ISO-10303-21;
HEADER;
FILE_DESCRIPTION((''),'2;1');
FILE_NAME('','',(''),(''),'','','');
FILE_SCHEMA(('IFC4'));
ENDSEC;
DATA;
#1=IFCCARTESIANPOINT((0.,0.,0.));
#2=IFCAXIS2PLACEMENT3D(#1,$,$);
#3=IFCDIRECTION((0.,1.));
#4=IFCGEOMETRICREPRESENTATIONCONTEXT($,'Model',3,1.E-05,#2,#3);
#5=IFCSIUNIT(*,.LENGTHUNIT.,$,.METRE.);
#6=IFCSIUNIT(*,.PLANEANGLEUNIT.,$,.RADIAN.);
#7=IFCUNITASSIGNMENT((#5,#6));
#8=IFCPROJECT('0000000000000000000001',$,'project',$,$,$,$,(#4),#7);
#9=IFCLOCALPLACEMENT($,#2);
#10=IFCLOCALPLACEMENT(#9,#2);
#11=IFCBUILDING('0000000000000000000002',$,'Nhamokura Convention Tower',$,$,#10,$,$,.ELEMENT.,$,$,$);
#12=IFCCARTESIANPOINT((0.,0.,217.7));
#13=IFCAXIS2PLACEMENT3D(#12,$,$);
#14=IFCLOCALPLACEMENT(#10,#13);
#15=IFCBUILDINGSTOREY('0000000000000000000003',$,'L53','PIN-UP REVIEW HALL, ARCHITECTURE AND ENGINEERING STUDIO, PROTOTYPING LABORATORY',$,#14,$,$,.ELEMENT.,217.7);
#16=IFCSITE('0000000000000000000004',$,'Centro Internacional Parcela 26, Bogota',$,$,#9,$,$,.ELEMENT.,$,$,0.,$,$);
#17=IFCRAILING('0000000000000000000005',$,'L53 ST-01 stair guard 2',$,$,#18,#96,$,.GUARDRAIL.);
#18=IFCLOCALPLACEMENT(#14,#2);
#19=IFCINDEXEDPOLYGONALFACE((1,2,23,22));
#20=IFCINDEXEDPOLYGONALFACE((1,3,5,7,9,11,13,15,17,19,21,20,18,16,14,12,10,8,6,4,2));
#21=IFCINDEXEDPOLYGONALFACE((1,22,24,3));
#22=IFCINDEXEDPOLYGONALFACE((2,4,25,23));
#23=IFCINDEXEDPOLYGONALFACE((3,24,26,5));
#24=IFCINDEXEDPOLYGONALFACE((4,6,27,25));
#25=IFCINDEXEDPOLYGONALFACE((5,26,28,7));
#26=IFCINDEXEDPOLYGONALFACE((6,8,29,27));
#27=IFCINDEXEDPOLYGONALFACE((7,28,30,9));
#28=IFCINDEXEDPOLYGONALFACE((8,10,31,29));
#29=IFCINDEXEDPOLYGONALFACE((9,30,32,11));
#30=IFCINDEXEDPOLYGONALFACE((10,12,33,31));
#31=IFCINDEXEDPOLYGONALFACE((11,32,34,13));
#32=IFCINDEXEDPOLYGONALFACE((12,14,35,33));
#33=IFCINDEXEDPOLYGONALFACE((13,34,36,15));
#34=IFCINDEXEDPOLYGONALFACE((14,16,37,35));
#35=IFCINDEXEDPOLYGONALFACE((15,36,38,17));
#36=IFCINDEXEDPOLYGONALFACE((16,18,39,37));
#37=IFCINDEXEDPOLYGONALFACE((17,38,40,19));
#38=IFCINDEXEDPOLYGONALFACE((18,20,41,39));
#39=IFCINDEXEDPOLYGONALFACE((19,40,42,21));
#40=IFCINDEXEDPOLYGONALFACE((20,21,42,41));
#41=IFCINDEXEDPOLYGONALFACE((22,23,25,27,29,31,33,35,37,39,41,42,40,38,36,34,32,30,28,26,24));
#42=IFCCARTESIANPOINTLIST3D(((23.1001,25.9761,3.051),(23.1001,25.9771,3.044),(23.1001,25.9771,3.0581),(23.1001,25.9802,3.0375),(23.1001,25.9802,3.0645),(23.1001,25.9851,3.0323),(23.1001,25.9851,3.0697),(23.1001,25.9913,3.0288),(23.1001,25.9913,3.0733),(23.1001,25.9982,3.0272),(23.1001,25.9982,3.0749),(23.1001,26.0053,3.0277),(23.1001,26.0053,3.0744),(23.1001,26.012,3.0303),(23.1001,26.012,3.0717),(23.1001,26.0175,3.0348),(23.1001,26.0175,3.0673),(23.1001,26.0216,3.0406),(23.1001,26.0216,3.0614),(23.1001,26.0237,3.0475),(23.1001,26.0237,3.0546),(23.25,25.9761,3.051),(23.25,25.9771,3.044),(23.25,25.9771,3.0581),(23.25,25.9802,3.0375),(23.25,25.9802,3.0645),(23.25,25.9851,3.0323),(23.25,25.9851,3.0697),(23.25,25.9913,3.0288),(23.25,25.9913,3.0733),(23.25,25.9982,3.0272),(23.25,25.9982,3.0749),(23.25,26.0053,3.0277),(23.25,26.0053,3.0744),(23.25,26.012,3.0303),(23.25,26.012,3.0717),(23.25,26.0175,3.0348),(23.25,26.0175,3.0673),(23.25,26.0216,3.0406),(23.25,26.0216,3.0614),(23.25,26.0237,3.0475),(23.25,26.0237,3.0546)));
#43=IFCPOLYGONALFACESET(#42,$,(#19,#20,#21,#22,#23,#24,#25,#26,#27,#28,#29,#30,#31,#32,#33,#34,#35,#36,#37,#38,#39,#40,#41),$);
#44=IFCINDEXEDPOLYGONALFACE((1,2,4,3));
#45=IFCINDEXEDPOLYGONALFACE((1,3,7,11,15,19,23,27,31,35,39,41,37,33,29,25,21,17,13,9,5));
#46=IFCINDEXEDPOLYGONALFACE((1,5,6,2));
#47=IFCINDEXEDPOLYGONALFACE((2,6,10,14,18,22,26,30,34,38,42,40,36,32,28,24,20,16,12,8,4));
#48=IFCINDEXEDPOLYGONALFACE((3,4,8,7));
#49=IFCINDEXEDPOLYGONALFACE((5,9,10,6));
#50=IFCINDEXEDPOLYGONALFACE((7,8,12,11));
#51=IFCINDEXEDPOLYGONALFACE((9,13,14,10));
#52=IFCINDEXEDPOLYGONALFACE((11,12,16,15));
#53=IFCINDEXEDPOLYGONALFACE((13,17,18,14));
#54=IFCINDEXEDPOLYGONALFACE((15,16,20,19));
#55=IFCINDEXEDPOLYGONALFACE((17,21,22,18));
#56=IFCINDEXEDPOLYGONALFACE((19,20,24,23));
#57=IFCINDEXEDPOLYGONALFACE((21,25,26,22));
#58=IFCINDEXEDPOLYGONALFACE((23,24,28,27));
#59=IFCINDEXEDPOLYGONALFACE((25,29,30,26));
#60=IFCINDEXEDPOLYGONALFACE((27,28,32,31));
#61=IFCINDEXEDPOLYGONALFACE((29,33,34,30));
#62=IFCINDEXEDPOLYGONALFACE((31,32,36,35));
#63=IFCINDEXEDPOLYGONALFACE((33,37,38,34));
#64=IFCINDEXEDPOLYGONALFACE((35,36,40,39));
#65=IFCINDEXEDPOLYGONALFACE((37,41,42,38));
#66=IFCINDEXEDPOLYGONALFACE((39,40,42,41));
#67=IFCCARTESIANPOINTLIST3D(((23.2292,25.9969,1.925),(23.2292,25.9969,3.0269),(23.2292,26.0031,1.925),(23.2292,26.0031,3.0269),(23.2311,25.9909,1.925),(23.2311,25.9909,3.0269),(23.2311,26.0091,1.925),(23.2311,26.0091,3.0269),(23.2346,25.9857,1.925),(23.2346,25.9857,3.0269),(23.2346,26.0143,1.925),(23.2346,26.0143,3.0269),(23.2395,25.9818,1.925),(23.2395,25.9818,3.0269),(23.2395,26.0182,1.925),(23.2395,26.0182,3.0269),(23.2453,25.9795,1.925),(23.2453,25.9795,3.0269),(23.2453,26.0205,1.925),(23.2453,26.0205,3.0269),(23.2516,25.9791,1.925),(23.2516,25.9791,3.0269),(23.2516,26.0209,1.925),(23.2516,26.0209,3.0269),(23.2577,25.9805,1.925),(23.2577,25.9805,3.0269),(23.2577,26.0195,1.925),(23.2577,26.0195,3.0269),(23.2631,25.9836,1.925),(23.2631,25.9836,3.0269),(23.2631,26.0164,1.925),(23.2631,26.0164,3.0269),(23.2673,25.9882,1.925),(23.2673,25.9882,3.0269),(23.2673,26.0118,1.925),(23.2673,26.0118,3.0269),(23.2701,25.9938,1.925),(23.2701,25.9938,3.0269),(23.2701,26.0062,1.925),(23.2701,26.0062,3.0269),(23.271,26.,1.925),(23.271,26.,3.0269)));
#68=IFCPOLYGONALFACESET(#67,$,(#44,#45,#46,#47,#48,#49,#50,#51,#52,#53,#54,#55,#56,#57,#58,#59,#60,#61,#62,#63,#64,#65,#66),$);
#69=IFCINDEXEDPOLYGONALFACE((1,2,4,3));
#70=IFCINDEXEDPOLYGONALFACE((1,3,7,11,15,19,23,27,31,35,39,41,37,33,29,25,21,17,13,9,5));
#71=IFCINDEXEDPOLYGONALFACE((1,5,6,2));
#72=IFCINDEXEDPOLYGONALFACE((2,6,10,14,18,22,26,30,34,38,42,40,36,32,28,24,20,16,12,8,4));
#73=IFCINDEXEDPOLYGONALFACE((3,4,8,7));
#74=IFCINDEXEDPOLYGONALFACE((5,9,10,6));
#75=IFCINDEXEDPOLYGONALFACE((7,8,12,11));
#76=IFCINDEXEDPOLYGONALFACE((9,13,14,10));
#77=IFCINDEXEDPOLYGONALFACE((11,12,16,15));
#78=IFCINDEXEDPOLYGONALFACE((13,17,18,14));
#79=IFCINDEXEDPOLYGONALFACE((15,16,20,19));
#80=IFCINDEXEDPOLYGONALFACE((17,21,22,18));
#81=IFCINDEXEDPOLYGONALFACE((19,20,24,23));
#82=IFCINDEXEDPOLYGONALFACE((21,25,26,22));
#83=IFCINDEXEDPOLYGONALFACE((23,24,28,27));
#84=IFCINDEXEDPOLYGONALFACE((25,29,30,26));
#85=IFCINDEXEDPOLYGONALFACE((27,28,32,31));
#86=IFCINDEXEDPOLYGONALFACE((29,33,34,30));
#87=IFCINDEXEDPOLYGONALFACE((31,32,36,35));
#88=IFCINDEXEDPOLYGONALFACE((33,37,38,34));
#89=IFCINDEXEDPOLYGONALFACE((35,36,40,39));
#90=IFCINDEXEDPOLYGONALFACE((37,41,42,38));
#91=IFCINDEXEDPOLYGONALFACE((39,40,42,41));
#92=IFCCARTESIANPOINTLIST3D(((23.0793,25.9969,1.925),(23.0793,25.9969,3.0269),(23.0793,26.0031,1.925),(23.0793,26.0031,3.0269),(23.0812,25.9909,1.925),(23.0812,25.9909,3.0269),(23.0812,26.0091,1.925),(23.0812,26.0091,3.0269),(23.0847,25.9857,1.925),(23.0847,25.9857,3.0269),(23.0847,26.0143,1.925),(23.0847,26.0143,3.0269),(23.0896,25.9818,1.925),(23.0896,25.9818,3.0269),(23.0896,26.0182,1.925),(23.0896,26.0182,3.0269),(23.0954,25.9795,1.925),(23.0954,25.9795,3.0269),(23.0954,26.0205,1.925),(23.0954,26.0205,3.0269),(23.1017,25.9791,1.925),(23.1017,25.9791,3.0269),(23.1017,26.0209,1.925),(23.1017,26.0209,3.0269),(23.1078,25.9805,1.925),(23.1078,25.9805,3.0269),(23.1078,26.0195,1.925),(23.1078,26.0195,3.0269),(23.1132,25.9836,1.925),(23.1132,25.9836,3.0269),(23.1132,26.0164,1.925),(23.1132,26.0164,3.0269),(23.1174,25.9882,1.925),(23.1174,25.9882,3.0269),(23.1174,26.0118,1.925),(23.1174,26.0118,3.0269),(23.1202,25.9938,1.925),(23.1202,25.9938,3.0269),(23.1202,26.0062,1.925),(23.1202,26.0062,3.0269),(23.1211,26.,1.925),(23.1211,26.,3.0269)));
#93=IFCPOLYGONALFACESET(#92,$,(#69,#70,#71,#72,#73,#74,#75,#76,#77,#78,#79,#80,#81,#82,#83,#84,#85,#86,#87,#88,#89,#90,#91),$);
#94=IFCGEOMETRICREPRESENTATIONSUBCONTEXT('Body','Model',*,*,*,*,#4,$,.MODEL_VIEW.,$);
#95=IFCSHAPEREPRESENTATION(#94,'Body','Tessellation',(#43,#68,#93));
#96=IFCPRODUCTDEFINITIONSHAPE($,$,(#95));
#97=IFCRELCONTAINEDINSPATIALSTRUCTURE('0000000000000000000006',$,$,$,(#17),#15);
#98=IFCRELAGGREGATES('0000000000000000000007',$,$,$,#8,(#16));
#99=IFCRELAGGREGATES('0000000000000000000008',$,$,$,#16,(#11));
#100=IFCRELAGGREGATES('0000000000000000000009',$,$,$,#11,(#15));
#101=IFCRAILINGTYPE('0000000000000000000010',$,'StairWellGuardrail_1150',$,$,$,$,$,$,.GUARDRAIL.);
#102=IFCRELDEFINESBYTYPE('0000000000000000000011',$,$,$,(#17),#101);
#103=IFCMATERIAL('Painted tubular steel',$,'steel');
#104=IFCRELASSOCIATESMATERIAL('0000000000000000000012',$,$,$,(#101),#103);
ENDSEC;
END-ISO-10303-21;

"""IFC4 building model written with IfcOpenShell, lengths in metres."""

from ifc_helpers import new_model, si_unit, direction, frame, origin, origin_2d, place, context, subcontext, project, spatial, circle, extrude, material, type_object, element, save


model = new_model("IFC4")

# Units and contexts
model_context = context("Model", 3, precision=1e-05, world=origin(), true_north=direction((0.0, 1.0)))
body_context = subcontext(model_context, "Body", "Model", "MODEL_VIEW")
ifc_project = project(units=[si_unit("LENGTHUNIT", "METRE"), si_unit("PLANEANGLEUNIT", "RADIAN")], contexts=[model_context])

# Site, building, storey
site_placement = place(None, origin())
site = spatial("IfcSite", under=ifc_project, at=site_placement, Name="Centro Internacional Parcela 26, Bogota", CompositionType="ELEMENT", RefElevation=0.0)
building_placement = place(site_placement, origin())
building = spatial("IfcBuilding", under=site, at=building_placement, Name="Nhamokura Convention Tower", CompositionType="ELEMENT")
storey_placement = place(building_placement, frame((0.0, 0.0, 217.7)))
storey = spatial("IfcBuildingStorey", under=building, at=storey_placement, Name="L53", Description="PIN-UP REVIEW HALL, ARCHITECTURE AND ENGINEERING STUDIO, PROTOTYPING LABORATORY", CompositionType="ELEMENT", Elevation=217.7)

# Railing
ifc_material_1 = material(Name="Painted tubular steel", Category="steel")
railing_type_1 = type_object("IfcRailingType", Name="StairWellGuardrail_1150", PredefinedType="GUARDRAIL", material=ifc_material_1)
railing_1_placement = place(storey_placement, frame((23.25, 26.0, 1.925)))
element("IfcRailing", 1, at=railing_1_placement, inside=storey, type_object=railing_type_1, Name="L53 ST-01 stair guard 2", PredefinedType="GUARDRAIL", context=body_context, shape_type="SweptSolid", body=[
    extrude(circle(Radius=0.0239, at=origin_2d()), frame((0.0, 0.0, 1.126), z_axis=(-1.0, 0.0, 0.0), x_axis=(0.0, -1.0, 0.0)), (0.0, 0.0, 1.0), 0.1499),
    extrude(circle(Radius=0.021, at=origin_2d()), origin(), (0.0, 0.0, 1.0), 1.1018),
    extrude(circle(Radius=0.021, at=origin_2d()), frame((-0.1499, 0.0, 0.0)), (0.0, 0.0, 1.0), 1.1018),
])

save(model, "model.ifc")
